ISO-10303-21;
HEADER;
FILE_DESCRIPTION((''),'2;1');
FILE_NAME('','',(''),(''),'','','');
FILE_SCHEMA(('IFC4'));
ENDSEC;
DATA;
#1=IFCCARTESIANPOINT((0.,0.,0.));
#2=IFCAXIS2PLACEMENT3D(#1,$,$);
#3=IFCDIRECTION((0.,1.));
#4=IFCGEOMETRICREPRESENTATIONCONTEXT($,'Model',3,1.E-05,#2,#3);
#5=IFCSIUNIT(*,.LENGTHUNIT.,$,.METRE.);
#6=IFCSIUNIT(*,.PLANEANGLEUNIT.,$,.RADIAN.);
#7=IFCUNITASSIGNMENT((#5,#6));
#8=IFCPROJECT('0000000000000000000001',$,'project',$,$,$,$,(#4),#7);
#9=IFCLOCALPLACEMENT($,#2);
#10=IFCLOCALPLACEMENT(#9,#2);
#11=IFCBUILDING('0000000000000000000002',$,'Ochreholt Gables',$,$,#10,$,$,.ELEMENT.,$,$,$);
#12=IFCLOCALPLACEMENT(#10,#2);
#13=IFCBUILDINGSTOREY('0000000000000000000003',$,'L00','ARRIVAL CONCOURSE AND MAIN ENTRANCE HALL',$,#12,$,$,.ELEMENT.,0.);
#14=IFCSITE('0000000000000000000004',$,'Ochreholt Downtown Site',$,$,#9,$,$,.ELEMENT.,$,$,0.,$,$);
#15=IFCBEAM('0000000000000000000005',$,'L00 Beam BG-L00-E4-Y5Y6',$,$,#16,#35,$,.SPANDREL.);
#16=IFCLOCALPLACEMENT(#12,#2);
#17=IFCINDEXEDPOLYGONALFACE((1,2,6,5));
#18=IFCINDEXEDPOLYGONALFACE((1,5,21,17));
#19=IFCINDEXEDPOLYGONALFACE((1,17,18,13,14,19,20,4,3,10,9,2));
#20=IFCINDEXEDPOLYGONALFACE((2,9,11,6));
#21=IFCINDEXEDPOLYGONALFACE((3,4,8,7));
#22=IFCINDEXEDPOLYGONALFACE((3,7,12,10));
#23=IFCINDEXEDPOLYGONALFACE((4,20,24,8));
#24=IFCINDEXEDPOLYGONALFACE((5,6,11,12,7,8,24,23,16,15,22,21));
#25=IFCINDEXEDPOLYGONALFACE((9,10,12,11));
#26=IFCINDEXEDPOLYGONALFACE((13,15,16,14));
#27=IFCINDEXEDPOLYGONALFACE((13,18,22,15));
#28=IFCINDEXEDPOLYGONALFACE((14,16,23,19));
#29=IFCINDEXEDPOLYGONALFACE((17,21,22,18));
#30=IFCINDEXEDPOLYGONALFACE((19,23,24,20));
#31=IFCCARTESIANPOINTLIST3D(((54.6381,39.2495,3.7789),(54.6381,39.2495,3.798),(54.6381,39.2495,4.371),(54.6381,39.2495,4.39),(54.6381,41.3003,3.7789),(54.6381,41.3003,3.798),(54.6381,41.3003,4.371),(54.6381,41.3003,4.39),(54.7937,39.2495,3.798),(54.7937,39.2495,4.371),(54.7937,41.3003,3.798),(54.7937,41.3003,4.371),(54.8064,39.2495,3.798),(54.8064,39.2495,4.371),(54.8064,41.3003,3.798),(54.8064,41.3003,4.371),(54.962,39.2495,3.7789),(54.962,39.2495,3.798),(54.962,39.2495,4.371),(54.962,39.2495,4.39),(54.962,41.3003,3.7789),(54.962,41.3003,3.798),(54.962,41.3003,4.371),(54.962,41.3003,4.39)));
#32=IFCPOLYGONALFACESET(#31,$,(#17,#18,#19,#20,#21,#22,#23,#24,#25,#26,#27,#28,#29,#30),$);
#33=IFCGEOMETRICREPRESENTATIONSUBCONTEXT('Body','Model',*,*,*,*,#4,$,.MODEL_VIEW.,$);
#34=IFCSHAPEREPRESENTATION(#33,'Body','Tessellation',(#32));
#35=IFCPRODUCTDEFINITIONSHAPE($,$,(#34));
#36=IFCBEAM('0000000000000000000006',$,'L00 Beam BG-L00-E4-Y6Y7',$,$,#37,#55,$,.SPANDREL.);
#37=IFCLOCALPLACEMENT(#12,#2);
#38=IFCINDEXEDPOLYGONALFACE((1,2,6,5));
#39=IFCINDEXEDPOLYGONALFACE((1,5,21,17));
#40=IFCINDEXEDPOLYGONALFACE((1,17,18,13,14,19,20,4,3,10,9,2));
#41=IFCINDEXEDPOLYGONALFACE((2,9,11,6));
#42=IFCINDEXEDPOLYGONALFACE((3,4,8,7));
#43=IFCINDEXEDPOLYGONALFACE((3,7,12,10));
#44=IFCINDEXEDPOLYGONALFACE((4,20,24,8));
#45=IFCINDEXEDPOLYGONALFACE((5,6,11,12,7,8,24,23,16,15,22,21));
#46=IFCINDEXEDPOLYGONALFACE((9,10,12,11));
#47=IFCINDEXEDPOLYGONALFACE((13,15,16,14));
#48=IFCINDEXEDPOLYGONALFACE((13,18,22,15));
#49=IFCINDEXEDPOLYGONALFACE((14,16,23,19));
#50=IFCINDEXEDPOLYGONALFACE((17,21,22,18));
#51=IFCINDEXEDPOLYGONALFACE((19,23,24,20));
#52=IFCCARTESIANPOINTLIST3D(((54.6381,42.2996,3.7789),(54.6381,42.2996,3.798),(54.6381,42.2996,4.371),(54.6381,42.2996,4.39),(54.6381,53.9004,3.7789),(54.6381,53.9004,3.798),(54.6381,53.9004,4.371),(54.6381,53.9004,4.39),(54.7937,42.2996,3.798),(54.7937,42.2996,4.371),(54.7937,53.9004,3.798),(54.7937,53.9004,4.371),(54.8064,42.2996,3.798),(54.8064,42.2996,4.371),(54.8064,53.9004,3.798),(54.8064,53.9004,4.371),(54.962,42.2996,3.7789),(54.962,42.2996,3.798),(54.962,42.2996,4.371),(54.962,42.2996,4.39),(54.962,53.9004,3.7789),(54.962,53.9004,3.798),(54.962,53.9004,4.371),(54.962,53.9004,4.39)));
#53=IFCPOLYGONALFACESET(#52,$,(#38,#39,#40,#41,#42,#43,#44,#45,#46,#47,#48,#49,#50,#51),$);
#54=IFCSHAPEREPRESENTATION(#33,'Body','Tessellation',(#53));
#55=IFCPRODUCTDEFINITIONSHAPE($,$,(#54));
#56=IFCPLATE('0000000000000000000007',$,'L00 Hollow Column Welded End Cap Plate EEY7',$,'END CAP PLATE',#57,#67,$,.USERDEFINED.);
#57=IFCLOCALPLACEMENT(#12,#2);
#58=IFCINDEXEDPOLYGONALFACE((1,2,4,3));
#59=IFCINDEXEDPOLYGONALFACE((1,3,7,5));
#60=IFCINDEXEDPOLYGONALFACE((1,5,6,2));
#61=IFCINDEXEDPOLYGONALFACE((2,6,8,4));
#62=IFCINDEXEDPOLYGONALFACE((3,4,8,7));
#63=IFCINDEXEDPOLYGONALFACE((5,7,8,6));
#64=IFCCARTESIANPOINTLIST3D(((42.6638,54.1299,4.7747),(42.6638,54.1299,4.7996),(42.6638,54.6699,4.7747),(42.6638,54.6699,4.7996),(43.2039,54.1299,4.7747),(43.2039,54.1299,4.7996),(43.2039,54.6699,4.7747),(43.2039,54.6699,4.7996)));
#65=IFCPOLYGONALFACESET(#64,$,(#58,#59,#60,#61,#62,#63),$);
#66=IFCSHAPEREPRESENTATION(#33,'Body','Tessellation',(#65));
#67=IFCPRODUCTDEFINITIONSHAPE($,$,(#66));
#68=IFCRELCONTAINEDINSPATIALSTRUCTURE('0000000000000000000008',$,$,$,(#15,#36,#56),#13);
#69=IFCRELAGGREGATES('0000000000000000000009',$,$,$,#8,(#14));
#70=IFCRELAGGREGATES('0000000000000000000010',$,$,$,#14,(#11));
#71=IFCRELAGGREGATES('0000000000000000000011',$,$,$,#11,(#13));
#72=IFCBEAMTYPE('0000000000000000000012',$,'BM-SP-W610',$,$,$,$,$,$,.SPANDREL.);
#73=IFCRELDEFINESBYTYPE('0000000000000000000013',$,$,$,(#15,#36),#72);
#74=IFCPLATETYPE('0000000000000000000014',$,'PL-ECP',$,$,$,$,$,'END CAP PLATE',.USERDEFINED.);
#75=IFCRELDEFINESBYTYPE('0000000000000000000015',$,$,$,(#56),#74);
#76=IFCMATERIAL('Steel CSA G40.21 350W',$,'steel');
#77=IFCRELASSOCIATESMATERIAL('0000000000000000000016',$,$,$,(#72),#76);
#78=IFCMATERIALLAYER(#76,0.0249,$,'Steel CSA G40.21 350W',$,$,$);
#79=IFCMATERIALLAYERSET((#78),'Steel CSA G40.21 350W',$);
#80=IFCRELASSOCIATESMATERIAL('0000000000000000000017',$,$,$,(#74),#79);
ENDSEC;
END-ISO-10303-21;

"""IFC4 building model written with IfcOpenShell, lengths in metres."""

from ifc_helpers import new_model, si_unit, direction, frame, origin, origin_2d, place, context, subcontext, project, spatial, rectangle, i_section, extrude, material, layer, layer_set, material_profile, profile_set, type_object, element, save


model = new_model("IFC4")

# Units and contexts
model_context = context("Model", 3, precision=1e-05, world=origin(), true_north=direction((0.0, 1.0)))
body_context = subcontext(model_context, "Body", "Model", "MODEL_VIEW")
ifc_project = project(units=[si_unit("LENGTHUNIT", "METRE"), si_unit("PLANEANGLEUNIT", "RADIAN")], contexts=[model_context])

# Site, building, storey
site_placement = place(None, origin())
site = spatial("IfcSite", under=ifc_project, at=site_placement, Name="Ochreholt Downtown Site", CompositionType="ELEMENT", RefElevation=0.0)
building_placement = place(site_placement, origin())
building = spatial("IfcBuilding", under=site, at=building_placement, Name="Ochreholt Gables", CompositionType="ELEMENT")
storey_placement = place(building_placement, origin())
storey = spatial("IfcBuildingStorey", under=building, at=storey_placement, Name="L00", Description="ARRIVAL CONCOURSE AND MAIN ENTRANCE HALL", CompositionType="ELEMENT", Elevation=0.0)

# Shared definitions
ifc_material_1 = material(Name="Steel CSA G40.21 350W", Category="steel")

# Beams
ifc_material_profile_1 = material_profile(ifc_material_1, i_section(OverallWidth=0.324, OverallDepth=0.6111, WebThickness=0.0127, FlangeThickness=0.019, at=origin_2d()), Name="W610X155")
ifc_profile_set_1 = profile_set([ifc_material_profile_1], Name="Steel CSA G40.21 350W")
beam_type_1 = type_object("IfcBeamType", Name="BM-SP-W610", PredefinedType="SPANDREL", material=ifc_profile_set_1)
beam_1_placement = place(storey_placement, frame((54.8, 39.2495, 4.0845), z_axis=(0.0, 1.0, 0.0), x_axis=(-1.0, 0.0, 0.0)))
element("IfcBeam", 1, at=beam_1_placement, inside=storey, type_object=beam_type_1, Name="L00 Beam BG-L00-E4-Y5Y6", PredefinedType="SPANDREL", context=body_context, shape_type="SweptSolid", body=[
    extrude(i_section(OverallWidth=0.324, OverallDepth=0.6111, WebThickness=0.0127, FlangeThickness=0.019, at=origin_2d()), origin(), (0.0, 0.0, 1.0), 2.0508),
])
beam_2_placement = place(storey_placement, frame((54.8, 42.2996, 4.0845), z_axis=(0.0, 1.0, 0.0), x_axis=(-1.0, 0.0, 0.0)))
element("IfcBeam", 2, at=beam_2_placement, inside=storey, type_object=beam_type_1, Name="L00 Beam BG-L00-E4-Y6Y7", PredefinedType="SPANDREL", context=body_context, shape_type="SweptSolid", body=[
    extrude(i_section(OverallWidth=0.324, OverallDepth=0.6111, WebThickness=0.0127, FlangeThickness=0.019, at=origin_2d()), origin(), (0.0, 0.0, 1.0), 11.6008),
])

# Plate
ifc_layer = layer(ifc_material_1, 0.0249, Name="Steel CSA G40.21 350W")
ifc_layer_set = layer_set([ifc_layer], Name="Steel CSA G40.21 350W")
plate_type = type_object("IfcPlateType", Name="PL-ECP", ElementType="END CAP PLATE", PredefinedType="USERDEFINED", material=ifc_layer_set)
plate_placement = place(storey_placement, frame((42.9338, 54.3999, 4.7747), z_axis=(0.0, 0.0, 1.0), x_axis=(1.0, 0.0, 0.0)))
element("IfcPlate", 3, at=plate_placement, inside=storey, type_object=plate_type, Name="L00 Hollow Column Welded End Cap Plate EEY7", ObjectType="END CAP PLATE", PredefinedType="USERDEFINED", context=body_context, shape_type="SweptSolid", body=[
    extrude(rectangle(XDim=0.54, YDim=0.54, at=origin_2d()), origin(), (0.0, 0.0, 1.0), 0.0249),
])

save(model, "model.ifc")
